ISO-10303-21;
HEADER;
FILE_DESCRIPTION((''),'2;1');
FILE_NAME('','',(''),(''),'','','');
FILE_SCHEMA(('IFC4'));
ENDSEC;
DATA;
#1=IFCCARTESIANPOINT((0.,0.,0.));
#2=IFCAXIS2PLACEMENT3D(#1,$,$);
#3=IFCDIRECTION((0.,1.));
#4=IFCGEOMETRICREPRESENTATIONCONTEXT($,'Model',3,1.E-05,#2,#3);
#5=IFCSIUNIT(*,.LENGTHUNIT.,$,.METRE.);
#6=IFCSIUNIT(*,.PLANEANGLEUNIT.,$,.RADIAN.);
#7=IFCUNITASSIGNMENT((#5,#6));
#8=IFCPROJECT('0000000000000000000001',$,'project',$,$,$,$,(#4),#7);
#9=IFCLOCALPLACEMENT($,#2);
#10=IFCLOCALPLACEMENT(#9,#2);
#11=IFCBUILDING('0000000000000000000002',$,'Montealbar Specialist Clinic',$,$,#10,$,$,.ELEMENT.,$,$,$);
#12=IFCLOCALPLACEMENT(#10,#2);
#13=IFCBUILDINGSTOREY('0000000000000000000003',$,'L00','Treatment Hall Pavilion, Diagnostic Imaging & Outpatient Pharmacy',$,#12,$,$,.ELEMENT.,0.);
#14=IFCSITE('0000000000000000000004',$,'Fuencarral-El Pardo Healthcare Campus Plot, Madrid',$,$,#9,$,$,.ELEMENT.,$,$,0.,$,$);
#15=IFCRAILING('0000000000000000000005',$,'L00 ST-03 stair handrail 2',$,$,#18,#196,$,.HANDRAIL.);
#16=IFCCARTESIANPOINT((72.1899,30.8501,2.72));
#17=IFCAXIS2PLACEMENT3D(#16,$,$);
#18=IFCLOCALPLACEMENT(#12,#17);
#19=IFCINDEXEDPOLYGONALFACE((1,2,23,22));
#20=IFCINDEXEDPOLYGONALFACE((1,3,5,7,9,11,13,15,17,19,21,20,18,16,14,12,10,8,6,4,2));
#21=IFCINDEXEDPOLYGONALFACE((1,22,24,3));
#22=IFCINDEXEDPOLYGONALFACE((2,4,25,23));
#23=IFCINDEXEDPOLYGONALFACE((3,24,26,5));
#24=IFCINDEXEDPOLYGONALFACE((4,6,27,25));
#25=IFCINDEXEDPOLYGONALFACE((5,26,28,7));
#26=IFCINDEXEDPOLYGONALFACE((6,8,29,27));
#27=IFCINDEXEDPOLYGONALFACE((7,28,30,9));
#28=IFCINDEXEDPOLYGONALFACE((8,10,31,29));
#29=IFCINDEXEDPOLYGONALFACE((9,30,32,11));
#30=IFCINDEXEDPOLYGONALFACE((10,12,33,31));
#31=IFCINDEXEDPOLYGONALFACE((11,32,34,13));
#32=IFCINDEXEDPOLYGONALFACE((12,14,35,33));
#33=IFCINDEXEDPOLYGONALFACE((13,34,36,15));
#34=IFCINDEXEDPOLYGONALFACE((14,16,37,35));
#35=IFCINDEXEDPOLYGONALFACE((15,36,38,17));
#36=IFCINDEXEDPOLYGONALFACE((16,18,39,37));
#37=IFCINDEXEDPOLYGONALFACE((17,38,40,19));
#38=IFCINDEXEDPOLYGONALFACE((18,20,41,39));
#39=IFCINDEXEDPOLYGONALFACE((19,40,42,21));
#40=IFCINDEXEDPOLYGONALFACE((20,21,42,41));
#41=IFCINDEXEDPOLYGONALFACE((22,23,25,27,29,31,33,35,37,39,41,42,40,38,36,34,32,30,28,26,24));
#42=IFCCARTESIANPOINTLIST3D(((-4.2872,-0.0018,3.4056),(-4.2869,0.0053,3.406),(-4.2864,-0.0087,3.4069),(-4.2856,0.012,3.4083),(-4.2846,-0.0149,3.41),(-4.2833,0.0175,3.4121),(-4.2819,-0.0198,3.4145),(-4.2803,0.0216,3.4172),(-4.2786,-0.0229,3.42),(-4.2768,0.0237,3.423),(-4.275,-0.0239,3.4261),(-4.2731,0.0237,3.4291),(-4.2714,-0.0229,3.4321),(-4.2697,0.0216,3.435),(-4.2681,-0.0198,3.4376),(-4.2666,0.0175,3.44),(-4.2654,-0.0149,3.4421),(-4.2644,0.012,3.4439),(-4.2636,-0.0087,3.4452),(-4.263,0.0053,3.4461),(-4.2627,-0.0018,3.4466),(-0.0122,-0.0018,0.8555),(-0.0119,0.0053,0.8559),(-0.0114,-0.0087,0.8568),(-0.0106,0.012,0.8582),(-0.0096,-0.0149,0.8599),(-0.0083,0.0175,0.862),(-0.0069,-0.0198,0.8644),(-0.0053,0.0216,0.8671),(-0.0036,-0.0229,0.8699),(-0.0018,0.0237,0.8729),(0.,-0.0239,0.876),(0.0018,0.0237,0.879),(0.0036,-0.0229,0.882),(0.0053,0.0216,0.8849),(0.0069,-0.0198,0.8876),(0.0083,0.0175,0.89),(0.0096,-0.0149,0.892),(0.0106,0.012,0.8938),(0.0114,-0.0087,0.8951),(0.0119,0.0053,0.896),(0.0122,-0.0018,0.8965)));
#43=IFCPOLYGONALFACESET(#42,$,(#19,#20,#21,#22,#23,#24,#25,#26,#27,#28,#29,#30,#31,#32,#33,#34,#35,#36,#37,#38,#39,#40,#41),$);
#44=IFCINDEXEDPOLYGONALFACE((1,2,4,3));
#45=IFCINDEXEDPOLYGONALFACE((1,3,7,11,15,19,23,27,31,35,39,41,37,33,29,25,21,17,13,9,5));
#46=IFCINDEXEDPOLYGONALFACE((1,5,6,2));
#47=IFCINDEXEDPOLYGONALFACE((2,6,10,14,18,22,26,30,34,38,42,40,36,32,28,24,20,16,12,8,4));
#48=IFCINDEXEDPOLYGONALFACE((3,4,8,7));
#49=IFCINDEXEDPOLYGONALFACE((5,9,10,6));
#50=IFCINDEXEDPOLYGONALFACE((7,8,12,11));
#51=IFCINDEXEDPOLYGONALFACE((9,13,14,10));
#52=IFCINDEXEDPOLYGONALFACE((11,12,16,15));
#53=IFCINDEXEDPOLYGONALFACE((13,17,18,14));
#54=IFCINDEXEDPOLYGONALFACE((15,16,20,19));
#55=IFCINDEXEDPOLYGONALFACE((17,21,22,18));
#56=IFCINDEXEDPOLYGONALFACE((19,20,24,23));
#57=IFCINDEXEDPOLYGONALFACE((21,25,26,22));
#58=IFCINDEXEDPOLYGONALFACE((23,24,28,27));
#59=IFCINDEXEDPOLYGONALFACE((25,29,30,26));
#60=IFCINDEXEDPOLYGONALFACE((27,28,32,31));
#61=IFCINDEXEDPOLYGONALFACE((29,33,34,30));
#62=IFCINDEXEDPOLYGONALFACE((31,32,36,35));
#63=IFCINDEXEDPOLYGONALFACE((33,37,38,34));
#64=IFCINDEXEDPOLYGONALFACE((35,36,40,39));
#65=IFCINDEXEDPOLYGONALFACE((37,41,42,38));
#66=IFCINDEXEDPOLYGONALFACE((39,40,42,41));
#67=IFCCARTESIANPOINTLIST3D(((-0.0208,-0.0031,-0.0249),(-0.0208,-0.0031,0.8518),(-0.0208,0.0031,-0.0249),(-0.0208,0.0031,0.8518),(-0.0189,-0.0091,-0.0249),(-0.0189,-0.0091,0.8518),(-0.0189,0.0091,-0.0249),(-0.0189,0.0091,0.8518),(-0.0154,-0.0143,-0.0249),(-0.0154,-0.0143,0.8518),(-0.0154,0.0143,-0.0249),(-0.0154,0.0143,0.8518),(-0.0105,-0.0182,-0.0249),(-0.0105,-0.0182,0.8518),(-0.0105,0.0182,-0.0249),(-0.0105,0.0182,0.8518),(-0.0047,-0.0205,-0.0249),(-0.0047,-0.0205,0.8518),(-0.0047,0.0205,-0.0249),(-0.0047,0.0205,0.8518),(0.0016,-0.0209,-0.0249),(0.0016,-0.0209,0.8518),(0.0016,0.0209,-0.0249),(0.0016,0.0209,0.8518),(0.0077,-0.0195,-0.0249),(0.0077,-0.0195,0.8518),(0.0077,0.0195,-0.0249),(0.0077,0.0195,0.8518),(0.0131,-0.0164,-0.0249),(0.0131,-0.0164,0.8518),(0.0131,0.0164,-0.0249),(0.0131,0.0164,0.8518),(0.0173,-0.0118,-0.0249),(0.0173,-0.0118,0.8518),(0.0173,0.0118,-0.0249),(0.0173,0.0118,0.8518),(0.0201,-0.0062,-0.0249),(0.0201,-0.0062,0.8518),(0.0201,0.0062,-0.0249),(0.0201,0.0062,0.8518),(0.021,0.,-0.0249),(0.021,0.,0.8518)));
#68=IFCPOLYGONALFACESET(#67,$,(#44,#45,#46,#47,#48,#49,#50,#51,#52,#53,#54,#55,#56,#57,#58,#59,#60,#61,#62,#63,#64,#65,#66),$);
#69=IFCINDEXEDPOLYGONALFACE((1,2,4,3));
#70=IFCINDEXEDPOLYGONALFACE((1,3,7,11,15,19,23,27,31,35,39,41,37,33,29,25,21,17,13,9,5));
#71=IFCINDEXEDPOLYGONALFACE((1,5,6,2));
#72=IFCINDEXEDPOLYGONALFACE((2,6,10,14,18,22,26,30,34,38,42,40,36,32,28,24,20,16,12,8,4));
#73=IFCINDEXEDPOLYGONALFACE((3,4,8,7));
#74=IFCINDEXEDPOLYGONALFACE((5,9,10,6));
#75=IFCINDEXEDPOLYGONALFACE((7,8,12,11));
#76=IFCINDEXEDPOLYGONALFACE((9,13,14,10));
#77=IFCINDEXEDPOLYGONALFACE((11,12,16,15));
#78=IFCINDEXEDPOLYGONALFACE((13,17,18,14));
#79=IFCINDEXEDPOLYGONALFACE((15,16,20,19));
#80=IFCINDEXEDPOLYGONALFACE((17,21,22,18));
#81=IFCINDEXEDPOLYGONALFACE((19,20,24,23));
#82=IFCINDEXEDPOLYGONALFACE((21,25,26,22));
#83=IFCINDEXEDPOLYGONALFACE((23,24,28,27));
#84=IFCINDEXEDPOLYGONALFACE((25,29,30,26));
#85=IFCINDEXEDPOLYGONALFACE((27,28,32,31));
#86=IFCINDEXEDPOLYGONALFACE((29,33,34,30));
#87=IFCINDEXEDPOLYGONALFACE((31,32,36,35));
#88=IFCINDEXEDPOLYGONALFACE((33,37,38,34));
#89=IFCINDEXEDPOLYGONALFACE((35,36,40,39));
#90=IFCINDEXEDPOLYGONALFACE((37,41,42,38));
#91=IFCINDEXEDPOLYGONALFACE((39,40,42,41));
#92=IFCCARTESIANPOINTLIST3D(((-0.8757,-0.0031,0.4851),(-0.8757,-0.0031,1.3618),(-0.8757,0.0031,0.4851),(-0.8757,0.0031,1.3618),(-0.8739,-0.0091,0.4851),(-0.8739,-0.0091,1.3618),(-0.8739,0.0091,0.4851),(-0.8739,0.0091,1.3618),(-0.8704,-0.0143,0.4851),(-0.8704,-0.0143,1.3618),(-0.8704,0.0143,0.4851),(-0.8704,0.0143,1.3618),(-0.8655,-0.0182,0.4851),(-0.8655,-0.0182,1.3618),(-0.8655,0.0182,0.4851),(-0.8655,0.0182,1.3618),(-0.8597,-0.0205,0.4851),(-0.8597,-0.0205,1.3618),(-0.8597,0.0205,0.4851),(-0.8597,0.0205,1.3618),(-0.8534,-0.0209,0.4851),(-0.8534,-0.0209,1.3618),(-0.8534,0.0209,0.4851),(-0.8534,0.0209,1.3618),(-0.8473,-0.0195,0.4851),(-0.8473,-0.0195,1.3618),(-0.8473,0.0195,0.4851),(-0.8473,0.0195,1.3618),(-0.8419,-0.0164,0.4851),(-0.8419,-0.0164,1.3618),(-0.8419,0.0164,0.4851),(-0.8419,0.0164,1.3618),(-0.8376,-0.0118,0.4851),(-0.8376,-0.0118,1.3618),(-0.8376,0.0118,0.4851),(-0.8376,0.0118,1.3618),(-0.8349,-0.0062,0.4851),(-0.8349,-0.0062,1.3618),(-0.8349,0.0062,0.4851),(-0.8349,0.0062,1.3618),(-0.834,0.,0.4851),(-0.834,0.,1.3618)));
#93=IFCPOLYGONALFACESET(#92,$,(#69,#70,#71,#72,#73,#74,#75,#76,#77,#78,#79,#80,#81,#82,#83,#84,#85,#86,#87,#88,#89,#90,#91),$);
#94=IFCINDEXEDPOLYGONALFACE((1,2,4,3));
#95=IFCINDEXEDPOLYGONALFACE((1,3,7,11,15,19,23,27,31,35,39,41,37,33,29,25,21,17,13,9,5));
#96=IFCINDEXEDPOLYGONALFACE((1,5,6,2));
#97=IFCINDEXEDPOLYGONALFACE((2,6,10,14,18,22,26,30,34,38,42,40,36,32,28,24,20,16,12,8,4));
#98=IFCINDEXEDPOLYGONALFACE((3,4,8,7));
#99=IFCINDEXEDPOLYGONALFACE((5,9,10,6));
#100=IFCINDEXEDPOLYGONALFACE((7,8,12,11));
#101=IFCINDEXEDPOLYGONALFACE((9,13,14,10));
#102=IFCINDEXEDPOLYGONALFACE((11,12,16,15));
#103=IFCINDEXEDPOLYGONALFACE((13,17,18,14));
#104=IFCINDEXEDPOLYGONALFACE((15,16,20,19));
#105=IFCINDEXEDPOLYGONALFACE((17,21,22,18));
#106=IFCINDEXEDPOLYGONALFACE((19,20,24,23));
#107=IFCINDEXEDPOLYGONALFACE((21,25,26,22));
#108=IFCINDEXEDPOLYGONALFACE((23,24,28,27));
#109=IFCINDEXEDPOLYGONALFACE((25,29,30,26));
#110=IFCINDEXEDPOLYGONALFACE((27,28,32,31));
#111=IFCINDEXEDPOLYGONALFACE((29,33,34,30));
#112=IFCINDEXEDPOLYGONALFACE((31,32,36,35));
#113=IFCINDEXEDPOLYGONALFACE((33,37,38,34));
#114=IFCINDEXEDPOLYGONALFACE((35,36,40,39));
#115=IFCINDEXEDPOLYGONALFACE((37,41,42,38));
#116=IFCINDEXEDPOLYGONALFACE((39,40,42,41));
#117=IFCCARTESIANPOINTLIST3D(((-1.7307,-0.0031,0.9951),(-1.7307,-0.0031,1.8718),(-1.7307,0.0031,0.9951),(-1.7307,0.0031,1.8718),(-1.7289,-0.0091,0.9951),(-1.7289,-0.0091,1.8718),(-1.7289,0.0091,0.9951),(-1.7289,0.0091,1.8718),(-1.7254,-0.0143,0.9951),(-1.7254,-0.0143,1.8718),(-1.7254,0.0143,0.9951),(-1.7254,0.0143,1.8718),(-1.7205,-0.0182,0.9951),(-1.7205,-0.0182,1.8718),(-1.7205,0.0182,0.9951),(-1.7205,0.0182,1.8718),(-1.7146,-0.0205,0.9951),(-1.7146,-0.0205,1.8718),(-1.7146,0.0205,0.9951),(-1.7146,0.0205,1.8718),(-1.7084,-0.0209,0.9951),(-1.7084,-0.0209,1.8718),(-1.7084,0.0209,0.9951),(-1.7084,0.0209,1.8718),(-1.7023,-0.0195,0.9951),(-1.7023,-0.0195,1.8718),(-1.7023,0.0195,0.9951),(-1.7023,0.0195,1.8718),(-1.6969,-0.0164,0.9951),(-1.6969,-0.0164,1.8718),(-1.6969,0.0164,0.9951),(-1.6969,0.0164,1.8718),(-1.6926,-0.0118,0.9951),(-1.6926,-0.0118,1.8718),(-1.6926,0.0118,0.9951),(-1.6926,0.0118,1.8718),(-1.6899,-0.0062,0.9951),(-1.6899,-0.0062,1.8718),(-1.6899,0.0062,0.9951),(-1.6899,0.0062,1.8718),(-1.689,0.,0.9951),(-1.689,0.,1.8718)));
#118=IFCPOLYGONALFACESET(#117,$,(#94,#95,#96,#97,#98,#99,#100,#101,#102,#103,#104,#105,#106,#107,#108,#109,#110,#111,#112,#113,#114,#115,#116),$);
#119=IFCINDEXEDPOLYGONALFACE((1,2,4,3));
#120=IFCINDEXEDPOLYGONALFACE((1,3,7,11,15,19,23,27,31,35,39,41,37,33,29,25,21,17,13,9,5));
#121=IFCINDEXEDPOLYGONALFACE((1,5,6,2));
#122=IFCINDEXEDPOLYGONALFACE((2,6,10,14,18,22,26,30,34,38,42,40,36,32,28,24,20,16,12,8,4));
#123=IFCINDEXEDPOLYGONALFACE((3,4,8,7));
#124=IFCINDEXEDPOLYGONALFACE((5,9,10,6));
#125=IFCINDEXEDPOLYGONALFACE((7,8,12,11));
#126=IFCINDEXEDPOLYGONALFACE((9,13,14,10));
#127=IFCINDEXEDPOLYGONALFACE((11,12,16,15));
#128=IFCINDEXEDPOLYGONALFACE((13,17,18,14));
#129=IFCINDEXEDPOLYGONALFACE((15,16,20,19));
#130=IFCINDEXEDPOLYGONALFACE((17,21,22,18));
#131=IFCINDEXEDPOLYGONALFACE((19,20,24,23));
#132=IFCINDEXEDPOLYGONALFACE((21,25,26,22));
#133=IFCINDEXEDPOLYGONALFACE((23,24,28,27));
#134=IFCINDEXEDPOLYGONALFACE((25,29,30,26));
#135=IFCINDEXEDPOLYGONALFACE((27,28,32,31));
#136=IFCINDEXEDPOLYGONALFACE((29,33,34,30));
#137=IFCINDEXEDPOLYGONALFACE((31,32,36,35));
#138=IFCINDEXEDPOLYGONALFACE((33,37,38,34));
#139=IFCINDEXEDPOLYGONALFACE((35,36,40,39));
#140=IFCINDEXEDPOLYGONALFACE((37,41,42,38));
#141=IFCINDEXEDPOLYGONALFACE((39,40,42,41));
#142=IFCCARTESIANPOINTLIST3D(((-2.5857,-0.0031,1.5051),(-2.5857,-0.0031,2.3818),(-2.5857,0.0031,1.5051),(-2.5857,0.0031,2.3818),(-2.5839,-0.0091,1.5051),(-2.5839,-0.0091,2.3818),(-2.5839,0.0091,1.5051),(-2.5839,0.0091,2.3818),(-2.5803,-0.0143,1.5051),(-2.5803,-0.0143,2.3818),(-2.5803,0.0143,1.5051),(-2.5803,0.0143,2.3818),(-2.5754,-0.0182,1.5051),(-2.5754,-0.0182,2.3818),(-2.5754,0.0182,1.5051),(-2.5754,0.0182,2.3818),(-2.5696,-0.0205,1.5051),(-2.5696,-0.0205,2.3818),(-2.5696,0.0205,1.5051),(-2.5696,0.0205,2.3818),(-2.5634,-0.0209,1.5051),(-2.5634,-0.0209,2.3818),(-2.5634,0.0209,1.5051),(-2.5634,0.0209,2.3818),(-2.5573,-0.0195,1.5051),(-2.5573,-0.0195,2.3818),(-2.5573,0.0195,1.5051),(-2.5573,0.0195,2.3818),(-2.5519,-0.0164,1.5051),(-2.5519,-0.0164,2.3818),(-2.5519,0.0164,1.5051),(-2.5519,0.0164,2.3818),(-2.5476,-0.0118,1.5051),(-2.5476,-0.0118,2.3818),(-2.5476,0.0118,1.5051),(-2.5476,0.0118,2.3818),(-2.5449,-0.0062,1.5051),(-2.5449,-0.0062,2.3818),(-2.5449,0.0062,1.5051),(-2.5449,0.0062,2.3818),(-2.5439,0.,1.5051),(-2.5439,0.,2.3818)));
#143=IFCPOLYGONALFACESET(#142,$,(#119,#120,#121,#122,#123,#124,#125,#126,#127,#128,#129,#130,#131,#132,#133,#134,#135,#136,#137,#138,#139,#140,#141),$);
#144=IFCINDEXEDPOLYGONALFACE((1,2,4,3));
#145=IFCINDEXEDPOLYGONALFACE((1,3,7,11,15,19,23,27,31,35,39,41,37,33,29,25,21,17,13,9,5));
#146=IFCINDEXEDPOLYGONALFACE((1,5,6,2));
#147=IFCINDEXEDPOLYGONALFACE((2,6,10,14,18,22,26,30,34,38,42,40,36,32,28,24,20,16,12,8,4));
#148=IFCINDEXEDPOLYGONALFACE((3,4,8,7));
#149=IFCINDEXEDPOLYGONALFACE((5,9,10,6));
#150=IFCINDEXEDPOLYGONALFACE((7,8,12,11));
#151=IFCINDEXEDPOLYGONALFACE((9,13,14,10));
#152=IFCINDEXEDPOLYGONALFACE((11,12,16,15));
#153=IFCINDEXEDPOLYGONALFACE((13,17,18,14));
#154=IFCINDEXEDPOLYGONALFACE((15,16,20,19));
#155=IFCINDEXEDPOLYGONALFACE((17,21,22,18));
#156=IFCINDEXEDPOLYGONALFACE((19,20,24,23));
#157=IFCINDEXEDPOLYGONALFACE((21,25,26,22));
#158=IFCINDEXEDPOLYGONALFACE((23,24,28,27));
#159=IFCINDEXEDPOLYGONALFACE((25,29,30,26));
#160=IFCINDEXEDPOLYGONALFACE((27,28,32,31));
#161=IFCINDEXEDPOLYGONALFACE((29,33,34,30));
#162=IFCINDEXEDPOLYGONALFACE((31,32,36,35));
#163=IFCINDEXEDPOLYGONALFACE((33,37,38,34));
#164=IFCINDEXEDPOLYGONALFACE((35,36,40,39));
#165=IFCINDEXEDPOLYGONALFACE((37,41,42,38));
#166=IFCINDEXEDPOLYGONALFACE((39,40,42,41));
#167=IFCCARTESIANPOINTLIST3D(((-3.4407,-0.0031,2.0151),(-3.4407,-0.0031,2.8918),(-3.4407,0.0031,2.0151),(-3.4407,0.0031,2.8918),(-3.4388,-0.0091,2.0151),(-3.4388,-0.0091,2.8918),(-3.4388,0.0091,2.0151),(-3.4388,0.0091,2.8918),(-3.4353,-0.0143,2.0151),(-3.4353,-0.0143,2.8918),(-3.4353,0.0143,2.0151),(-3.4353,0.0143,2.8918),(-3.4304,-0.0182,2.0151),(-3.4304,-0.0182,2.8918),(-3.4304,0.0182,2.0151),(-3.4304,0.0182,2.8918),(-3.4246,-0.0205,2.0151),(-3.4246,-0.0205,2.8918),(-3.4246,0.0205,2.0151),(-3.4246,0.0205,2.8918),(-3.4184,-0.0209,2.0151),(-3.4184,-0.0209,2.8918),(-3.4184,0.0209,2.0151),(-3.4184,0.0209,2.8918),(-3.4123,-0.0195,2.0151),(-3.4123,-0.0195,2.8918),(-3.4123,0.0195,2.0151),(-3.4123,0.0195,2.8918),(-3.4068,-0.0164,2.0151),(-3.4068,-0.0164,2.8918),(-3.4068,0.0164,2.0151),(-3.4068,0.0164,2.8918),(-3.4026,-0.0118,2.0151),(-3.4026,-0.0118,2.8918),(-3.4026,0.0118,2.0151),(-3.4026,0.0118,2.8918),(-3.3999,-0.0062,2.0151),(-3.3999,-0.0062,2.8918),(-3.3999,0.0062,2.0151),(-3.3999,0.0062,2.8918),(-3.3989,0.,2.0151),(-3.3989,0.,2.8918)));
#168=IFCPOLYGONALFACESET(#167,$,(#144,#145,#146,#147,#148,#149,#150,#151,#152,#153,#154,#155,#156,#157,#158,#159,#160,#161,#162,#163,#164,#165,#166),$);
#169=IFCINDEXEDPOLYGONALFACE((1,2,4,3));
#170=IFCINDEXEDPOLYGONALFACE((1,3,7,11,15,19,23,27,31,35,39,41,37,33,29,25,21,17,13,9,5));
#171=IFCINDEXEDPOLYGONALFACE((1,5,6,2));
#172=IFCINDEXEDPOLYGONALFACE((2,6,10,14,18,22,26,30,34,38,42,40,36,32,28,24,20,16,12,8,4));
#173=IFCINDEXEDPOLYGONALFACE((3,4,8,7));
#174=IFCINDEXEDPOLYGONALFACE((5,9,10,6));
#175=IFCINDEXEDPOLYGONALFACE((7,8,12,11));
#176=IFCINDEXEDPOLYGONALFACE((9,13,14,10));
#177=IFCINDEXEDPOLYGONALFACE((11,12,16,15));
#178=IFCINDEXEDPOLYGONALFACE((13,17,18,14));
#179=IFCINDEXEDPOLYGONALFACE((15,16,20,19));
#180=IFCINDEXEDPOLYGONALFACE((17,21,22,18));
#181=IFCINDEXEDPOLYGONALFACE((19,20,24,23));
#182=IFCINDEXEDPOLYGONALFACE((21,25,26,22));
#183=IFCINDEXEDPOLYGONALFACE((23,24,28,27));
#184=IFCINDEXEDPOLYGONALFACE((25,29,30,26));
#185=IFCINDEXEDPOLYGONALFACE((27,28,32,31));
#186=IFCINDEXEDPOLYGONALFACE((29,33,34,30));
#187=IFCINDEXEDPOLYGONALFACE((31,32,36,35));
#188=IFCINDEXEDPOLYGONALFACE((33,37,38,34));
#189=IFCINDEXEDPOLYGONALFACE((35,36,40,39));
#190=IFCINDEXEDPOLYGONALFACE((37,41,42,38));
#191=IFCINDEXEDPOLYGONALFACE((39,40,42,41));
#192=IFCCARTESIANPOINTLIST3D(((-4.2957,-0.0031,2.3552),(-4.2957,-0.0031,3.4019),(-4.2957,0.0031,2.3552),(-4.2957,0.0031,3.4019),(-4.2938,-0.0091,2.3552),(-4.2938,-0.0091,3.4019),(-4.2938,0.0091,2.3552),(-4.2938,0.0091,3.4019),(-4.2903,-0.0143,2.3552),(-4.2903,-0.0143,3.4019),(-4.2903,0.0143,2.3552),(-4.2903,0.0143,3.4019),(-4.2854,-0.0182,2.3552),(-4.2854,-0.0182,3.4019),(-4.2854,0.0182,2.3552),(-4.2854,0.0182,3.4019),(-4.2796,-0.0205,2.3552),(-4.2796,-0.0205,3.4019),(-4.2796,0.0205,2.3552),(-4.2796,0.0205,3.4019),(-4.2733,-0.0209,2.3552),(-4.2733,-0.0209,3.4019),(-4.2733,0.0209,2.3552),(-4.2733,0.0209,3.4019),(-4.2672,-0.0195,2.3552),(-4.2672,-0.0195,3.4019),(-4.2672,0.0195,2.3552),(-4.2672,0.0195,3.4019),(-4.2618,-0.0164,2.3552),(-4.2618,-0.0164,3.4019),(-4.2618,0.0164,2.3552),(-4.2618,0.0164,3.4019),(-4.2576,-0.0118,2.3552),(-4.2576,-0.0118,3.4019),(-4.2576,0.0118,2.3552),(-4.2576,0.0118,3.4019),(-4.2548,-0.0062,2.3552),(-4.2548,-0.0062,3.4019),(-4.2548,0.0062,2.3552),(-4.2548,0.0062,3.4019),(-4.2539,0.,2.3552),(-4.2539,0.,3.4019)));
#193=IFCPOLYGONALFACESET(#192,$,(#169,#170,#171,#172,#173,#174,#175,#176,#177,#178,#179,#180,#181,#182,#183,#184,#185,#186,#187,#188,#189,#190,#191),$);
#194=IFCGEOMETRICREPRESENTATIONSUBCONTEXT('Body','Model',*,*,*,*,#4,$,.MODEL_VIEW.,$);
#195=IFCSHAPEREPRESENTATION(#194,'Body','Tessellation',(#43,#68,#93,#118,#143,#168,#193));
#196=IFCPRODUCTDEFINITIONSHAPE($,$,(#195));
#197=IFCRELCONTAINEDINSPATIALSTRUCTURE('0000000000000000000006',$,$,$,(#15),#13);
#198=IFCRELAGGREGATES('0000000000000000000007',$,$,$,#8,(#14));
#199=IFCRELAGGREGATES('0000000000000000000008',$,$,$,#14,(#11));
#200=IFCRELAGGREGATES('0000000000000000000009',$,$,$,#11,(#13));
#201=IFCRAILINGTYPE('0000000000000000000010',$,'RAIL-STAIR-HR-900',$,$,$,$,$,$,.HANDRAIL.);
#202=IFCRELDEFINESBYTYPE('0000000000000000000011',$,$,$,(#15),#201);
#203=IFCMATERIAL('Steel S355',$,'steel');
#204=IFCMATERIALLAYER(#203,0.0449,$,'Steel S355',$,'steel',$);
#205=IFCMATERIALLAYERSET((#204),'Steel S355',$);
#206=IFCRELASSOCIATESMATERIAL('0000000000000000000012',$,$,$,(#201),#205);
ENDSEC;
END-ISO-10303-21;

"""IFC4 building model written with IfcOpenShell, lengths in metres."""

from ifc_helpers import new_model, si_unit, direction, frame, origin, origin_2d, place, context, subcontext, project, spatial, circle, extrude, material, layer, layer_set, type_object, element, save


model = new_model("IFC4")

# Units and contexts
model_context = context("Model", 3, precision=1e-05, world=origin(), true_north=direction((0.0, 1.0)))
body_context = subcontext(model_context, "Body", "Model", "MODEL_VIEW")
ifc_project = project(units=[si_unit("LENGTHUNIT", "METRE"), si_unit("PLANEANGLEUNIT", "RADIAN")], contexts=[model_context])

# Site, building, storey
site_placement = place(None, origin())
site = spatial("IfcSite", under=ifc_project, at=site_placement, Name="Fuencarral-El Pardo Healthcare Campus Plot, Madrid", CompositionType="ELEMENT", RefElevation=0.0)
building_placement = place(site_placement, origin())
building = spatial("IfcBuilding", under=site, at=building_placement, Name="Montealbar Specialist Clinic", CompositionType="ELEMENT")
storey_placement = place(building_placement, origin())
storey = spatial("IfcBuildingStorey", under=building, at=storey_placement, Name="L00", Description="Treatment Hall Pavilion, Diagnostic Imaging & Outpatient Pharmacy", CompositionType="ELEMENT", Elevation=0.0)

# Shared definitions
ifc_material_1 = material(Name="Steel S355", Category="steel")

# Railing
ifc_layer_1 = layer(ifc_material_1, 0.0449, Name="Steel S355", Category="steel")
ifc_layer_set_1 = layer_set([ifc_layer_1], Name="Steel S355")
railing_type_1 = type_object("IfcRailingType", Name="RAIL-STAIR-HR-900", PredefinedType="HANDRAIL", material=ifc_layer_set_1)
railing_1_placement = place(storey_placement, frame((72.1899, 30.8501, 2.72)))
element("IfcRailing", 1, at=railing_1_placement, inside=storey, type_object=railing_type_1, Name="L00 ST-03 stair handrail 2", PredefinedType="HANDRAIL", context=body_context, shape_type="SweptSolid", body=[
    extrude(circle(Radius=0.0239, at=origin_2d()), frame((0.0, 0.0, 0.876), z_axis=(-0.85881, 0.0, 0.512294), x_axis=(0.0, -1.0, 0.0)), (0.0, 0.0, 1.0), 4.9778),
    extrude(circle(Radius=0.021, at=origin_2d()), frame((0.0, 0.0, -0.0249)), (0.0, 0.0, 1.0), 0.8767),
    extrude(circle(Radius=0.021, at=origin_2d()), frame((-0.855, 0.0, 0.4851)), (0.0, 0.0, 1.0), 0.8767),
    extrude(circle(Radius=0.021, at=origin_2d()), frame((-1.71, 0.0, 0.9951)), (0.0, 0.0, 1.0), 0.8767),
    extrude(circle(Radius=0.021, at=origin_2d()), frame((-2.5649, 0.0, 1.5051)), (0.0, 0.0, 1.0), 0.8767),
    extrude(circle(Radius=0.021, at=origin_2d()), frame((-3.4199, 0.0, 2.0151)), (0.0, 0.0, 1.0), 0.8767),
    extrude(circle(Radius=0.021, at=origin_2d()), frame((-4.2749, 0.0, 2.3552)), (0.0, 0.0, 1.0), 1.0466),
])

save(model, "model.ifc")
